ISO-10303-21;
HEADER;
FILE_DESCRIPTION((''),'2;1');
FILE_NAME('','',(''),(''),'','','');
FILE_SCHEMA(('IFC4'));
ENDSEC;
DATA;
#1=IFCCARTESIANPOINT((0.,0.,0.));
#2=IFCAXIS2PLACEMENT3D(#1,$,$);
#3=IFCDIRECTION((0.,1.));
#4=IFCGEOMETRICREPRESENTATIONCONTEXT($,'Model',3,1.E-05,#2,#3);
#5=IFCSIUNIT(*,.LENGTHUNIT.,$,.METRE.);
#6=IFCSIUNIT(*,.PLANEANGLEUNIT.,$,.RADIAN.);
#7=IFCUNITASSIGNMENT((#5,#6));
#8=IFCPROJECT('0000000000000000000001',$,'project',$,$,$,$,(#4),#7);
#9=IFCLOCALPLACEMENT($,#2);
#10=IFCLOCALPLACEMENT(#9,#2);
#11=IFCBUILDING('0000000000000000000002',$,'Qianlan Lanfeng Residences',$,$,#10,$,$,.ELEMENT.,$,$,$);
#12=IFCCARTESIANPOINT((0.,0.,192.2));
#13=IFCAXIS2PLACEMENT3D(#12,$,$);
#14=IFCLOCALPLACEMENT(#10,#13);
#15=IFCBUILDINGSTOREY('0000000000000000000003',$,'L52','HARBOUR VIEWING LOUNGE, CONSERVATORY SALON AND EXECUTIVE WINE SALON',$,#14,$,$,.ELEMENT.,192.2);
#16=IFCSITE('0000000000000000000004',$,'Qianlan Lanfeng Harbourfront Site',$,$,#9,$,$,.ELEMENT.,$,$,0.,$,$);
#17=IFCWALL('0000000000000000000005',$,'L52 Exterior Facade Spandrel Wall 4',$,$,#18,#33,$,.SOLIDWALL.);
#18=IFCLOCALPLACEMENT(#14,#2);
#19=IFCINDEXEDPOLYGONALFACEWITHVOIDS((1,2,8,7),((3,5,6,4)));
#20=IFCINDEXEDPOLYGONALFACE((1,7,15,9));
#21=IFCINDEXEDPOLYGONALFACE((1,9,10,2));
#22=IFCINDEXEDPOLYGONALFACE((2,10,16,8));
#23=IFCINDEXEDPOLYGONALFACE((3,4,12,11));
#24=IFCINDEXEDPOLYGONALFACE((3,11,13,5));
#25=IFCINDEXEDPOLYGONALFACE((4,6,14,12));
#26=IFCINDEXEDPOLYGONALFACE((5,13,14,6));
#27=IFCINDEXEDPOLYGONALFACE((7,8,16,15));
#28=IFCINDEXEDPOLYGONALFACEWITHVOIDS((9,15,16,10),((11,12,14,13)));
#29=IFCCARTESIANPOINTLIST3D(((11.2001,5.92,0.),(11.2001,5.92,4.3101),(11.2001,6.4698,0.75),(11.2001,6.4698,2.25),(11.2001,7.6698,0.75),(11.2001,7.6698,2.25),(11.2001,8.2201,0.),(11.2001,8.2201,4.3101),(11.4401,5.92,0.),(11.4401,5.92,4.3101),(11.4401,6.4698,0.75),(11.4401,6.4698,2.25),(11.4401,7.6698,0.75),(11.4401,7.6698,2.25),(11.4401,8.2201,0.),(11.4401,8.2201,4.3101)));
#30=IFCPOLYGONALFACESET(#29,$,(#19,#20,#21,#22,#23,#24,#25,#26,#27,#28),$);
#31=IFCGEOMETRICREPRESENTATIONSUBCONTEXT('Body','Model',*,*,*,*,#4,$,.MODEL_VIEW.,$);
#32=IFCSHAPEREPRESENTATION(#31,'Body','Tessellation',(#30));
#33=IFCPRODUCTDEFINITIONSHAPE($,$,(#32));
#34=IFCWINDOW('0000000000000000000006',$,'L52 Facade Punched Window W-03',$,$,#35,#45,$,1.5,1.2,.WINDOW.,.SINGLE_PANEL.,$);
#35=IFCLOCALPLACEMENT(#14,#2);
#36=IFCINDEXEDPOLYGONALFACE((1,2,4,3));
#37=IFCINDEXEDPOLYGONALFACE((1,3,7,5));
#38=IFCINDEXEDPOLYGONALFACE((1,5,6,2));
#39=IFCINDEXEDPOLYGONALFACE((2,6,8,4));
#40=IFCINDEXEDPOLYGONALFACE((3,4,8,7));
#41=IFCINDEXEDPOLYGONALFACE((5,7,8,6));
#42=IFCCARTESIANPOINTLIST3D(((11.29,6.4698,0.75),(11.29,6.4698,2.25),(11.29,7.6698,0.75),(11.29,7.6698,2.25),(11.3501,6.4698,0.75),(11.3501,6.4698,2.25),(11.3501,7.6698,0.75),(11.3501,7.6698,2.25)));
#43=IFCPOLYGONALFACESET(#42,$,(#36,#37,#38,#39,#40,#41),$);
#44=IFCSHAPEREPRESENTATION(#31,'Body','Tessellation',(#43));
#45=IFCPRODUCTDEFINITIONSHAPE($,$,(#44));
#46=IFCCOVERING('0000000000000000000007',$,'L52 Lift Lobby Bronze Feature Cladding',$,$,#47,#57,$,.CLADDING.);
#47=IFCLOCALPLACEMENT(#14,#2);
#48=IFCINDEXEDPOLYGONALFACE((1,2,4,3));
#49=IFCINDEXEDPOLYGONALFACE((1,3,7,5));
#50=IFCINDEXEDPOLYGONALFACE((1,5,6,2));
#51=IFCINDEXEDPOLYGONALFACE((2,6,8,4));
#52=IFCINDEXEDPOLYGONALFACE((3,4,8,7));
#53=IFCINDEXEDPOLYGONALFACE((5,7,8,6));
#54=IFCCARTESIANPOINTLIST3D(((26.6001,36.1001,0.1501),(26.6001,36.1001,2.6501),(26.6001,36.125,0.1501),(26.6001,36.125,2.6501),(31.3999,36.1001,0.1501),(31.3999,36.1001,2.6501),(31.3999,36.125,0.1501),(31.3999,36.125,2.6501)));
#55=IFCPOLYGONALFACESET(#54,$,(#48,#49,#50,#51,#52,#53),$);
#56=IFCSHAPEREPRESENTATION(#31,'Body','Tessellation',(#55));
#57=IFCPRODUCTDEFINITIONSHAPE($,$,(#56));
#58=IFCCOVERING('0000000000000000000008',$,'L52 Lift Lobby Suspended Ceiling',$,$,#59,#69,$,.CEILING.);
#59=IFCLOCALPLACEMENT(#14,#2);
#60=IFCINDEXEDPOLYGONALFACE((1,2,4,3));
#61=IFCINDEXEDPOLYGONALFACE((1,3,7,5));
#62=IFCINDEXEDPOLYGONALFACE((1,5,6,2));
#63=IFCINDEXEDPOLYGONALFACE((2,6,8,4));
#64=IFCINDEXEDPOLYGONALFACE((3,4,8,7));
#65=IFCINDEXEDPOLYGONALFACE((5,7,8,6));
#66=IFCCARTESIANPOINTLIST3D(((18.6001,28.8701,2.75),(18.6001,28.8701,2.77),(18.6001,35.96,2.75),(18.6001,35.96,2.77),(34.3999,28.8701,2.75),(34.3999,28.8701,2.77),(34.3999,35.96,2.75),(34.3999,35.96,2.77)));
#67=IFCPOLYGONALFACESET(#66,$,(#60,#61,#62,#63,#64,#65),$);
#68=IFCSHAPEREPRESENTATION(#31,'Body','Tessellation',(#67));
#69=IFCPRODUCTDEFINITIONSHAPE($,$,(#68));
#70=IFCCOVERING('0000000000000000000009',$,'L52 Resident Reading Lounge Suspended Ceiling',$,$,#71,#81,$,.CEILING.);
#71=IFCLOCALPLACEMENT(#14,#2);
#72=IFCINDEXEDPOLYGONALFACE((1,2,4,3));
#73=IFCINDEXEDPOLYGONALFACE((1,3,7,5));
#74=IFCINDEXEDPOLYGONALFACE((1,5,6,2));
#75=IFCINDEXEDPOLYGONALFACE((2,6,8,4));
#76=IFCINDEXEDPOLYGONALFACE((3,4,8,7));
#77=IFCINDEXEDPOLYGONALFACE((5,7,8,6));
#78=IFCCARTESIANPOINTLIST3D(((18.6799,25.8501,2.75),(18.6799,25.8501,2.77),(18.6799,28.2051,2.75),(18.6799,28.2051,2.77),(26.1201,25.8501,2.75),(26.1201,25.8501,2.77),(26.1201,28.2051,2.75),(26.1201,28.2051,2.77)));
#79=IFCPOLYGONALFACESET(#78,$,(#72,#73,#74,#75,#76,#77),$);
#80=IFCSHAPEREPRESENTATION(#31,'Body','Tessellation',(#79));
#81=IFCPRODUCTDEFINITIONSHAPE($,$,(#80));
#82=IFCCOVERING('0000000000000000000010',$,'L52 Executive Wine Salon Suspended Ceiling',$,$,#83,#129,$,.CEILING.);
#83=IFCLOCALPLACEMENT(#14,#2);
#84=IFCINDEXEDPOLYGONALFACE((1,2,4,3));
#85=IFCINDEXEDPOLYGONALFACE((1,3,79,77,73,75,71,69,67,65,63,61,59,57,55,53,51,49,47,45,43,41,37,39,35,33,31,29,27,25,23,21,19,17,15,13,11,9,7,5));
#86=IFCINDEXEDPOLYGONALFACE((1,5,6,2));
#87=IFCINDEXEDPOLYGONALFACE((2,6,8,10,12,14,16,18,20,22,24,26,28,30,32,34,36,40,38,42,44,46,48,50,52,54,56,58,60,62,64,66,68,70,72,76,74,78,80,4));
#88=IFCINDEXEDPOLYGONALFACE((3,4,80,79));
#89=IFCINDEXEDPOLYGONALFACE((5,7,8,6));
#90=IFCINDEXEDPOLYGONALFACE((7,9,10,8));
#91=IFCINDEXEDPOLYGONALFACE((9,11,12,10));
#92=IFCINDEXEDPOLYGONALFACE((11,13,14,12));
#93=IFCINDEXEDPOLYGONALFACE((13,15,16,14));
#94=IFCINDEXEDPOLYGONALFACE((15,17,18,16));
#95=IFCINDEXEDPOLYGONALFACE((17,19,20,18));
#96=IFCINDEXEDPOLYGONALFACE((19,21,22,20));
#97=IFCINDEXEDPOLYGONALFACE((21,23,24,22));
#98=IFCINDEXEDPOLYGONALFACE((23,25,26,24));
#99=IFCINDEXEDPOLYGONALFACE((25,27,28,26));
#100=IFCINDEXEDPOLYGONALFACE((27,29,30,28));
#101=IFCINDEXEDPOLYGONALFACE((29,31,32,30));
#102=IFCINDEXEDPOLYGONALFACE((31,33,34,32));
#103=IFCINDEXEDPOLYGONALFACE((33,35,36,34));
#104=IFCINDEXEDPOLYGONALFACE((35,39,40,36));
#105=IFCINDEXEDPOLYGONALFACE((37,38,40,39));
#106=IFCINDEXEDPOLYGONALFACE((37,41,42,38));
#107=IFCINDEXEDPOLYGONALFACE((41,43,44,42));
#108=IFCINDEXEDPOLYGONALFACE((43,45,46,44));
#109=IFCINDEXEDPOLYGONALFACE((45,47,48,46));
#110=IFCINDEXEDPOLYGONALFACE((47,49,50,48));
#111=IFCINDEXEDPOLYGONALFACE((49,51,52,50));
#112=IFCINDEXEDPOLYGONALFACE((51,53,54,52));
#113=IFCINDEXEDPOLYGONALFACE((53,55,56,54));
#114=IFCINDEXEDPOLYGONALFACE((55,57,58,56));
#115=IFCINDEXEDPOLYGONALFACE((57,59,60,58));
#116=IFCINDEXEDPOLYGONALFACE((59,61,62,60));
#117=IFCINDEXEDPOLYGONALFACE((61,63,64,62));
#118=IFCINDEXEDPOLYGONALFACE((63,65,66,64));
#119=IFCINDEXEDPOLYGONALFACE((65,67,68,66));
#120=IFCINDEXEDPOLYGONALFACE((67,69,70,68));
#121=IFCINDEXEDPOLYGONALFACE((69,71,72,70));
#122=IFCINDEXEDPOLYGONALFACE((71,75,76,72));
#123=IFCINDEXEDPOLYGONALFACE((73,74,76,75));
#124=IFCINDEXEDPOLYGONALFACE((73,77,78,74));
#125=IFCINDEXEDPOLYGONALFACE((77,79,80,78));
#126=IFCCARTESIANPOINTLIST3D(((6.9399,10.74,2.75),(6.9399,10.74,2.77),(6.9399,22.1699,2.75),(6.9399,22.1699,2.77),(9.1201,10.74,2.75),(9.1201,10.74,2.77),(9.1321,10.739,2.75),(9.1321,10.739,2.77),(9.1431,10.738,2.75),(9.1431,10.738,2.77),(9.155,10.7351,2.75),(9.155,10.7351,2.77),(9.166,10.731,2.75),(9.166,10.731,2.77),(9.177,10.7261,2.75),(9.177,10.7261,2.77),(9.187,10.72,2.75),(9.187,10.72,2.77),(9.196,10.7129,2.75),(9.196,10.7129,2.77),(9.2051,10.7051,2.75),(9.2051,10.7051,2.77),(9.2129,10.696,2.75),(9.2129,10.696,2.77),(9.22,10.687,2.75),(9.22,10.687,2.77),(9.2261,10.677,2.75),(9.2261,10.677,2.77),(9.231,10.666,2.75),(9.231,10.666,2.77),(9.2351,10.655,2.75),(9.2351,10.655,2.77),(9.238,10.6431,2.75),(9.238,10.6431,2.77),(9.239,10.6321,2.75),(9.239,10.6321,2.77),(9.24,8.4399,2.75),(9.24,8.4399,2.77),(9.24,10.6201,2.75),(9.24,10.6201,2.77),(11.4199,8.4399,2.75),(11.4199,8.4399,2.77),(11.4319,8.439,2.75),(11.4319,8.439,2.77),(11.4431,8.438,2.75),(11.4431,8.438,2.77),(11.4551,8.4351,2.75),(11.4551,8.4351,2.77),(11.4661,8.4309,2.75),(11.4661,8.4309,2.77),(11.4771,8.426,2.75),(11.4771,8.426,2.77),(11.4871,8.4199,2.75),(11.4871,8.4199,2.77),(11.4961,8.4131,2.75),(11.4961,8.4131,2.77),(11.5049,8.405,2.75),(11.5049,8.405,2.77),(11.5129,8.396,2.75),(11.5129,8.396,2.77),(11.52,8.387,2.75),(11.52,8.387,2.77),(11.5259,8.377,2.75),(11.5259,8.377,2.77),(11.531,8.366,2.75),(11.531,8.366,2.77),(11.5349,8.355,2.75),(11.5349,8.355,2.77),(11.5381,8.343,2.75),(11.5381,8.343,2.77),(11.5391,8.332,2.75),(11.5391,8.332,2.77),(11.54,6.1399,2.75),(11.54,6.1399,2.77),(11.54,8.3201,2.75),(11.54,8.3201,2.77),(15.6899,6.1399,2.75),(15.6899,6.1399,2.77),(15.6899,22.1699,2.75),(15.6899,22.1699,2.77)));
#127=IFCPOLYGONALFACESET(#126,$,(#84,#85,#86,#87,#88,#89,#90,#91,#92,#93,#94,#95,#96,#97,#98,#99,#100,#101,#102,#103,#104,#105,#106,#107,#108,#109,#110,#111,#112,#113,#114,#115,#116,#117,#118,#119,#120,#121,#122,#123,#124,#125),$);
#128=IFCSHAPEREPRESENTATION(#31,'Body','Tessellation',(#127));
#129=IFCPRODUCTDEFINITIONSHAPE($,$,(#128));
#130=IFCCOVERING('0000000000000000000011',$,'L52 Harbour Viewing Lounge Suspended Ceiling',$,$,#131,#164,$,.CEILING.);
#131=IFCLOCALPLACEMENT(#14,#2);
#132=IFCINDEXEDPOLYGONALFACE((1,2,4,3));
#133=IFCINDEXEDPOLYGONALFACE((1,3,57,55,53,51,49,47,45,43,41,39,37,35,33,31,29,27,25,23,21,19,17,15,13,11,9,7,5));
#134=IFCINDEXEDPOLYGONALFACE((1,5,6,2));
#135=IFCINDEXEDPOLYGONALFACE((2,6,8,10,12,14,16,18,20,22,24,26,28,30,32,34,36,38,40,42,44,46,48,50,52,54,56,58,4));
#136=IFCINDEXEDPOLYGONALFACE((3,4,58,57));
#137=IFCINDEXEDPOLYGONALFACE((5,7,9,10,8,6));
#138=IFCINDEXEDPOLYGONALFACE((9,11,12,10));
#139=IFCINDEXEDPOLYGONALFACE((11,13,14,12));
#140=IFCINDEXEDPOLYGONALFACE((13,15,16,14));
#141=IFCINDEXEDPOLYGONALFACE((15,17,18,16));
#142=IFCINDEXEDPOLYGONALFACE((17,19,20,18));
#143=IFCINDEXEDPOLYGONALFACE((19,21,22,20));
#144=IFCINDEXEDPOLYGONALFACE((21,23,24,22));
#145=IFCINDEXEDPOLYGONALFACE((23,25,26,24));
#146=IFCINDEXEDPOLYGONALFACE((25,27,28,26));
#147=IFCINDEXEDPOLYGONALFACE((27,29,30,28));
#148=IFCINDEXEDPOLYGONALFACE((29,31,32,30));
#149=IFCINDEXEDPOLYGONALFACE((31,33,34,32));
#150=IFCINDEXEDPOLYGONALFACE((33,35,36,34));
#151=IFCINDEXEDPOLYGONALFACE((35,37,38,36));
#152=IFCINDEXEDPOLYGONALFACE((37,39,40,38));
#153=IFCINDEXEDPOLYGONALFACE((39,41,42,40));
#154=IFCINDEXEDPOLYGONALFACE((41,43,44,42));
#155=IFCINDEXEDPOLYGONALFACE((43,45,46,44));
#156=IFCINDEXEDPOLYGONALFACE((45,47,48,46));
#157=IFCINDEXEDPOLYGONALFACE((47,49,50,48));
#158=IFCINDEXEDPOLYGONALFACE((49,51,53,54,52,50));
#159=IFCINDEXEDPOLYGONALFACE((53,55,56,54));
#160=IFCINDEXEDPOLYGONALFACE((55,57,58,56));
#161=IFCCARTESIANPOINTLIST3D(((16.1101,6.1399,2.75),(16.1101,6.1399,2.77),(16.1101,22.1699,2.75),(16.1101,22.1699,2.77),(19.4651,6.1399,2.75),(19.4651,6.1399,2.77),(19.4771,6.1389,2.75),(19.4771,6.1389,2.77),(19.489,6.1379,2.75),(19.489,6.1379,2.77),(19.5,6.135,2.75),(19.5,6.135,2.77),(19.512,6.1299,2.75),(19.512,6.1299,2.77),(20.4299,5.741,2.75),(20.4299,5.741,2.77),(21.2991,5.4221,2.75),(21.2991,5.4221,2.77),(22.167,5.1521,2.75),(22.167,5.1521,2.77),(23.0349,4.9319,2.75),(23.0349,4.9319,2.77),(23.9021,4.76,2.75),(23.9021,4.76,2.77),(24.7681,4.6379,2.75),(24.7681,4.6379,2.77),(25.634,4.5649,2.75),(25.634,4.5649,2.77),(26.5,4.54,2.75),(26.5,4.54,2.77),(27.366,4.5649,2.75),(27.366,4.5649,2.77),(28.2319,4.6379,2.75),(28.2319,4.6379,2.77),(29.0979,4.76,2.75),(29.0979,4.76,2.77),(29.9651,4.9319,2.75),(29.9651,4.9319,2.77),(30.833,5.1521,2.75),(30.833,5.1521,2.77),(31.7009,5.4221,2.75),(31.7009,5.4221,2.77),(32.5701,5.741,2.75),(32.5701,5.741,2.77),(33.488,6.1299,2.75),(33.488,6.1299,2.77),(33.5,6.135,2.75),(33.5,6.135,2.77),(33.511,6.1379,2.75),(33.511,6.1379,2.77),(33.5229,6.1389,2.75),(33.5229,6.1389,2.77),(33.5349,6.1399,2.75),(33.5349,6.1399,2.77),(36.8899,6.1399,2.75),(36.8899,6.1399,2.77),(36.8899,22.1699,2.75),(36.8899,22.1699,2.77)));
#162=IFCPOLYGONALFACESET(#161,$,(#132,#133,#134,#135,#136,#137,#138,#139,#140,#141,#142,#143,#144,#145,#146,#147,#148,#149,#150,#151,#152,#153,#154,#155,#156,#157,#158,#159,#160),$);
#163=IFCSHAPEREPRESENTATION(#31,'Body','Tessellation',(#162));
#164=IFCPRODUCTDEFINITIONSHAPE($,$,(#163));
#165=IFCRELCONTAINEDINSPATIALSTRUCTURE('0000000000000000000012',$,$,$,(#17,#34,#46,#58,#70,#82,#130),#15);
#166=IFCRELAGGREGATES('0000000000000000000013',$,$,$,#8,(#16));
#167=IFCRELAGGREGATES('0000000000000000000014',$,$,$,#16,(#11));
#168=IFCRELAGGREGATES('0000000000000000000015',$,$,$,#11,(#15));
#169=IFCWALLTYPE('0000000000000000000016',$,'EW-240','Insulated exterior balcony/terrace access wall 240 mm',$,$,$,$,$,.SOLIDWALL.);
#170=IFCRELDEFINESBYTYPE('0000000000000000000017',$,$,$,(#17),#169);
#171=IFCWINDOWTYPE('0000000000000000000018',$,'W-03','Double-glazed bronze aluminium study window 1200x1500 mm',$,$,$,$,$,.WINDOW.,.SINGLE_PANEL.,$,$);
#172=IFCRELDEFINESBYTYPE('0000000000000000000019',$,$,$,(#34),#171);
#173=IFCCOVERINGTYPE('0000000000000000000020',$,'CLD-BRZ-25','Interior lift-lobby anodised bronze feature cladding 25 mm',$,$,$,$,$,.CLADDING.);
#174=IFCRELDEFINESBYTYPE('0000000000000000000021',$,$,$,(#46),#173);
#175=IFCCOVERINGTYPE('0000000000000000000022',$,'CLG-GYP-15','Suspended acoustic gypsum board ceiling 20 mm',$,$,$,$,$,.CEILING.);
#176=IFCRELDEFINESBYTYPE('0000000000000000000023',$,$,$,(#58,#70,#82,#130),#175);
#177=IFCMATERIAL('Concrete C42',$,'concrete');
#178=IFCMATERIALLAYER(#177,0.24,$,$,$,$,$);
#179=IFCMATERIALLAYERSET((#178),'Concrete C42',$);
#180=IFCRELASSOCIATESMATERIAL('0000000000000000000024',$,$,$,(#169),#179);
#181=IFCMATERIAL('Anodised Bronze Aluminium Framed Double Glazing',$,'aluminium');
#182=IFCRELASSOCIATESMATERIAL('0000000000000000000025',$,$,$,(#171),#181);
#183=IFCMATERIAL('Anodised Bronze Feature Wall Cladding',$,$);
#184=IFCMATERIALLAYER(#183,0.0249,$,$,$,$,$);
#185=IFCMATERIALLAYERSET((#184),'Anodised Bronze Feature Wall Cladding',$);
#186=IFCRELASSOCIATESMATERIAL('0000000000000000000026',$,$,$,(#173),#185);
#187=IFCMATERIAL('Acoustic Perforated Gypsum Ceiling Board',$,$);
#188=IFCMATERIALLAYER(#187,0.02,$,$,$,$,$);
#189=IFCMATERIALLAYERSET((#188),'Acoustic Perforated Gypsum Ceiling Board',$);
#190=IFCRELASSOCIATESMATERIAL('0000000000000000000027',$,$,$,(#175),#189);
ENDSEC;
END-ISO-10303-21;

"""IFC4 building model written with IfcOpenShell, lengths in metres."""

from ifc_helpers import new_model, si_unit, direction, frame, frame_2d, origin, place, context, subcontext, project, spatial, polyline, rectangle, outline, extrude, material, layer, layer_set, type_object, element, fill, save


model = new_model("IFC4")

# Units and contexts
model_context = context("Model", 3, precision=1e-05, world=origin(), true_north=direction((0.0, 1.0)))
body_context = subcontext(model_context, "Body", "Model", "MODEL_VIEW")
ifc_project = project(units=[si_unit("LENGTHUNIT", "METRE"), si_unit("PLANEANGLEUNIT", "RADIAN")], contexts=[model_context])

# Site, building, storey
site_placement = place(None, origin())
site = spatial("IfcSite", under=ifc_project, at=site_placement, Name="Qianlan Lanfeng Harbourfront Site", CompositionType="ELEMENT", RefElevation=0.0)
building_placement = place(site_placement, origin())
building = spatial("IfcBuilding", under=site, at=building_placement, Name="Qianlan Lanfeng Residences", CompositionType="ELEMENT")
storey_placement = place(building_placement, frame((0.0, 0.0, 192.2)))
storey = spatial("IfcBuildingStorey", under=building, at=storey_placement, Name="L52", Description="HARBOUR VIEWING LOUNGE, CONSERVATORY SALON AND EXECUTIVE WINE SALON", CompositionType="ELEMENT", Elevation=192.2)

# Shared definitions
ifc_material_1 = material(Name="Concrete C42", Category="concrete")

# Shared definitions
ifc_layer_1 = layer(ifc_material_1, 0.24)
ifc_layer_set_1 = layer_set([ifc_layer_1], Name="Concrete C42")
wall_type = type_object("IfcWallType", Name="EW-240", Description="Insulated exterior balcony/terrace access wall 240 mm", PredefinedType="SOLIDWALL", material=ifc_layer_set_1)

# Wall, opening, window
wall_placement = place(storey_placement, frame((11.3201, 8.22, 0.0), z_axis=(0.0, 0.0, 1.0), x_axis=(0.0, -1.0, 0.0)))
wall = element("IfcWall", 1, at=wall_placement, inside=storey, type_object=wall_type, Name="L52 Exterior Facade Spandrel Wall 4", PredefinedType="SOLIDWALL", context=body_context, shape_type="SweptSolid", body=[
    extrude(rectangle(XDim=2.3, YDim=0.24, at=frame_2d((1.1499, 0.0))), origin(), (0.0, 0.0, 1.0), 4.3101),
])
opening_placement = place(wall_placement, frame((0.55, 0.0, 0.75)))
opening = element("IfcOpeningElement", 2, at=opening_placement, cuts=wall, PredefinedType="OPENING", context=body_context, shape_type="SweptSolid", body=[
    extrude(rectangle(XDim=1.2, YDim=1.5, at=frame_2d((0.6001, 0.75))), frame((0.0, 0.1299, 0.0), z_axis=(0.0, -1.0, 0.0), x_axis=(1.0, 0.0, 0.0)), (0.0, 0.0, 1.0), 0.26),
])
ifc_material_2 = material(Name="Anodised Bronze Aluminium Framed Double Glazing", Category="aluminium")
window_type = type_object("IfcWindowType", Name="W-03", Description="Double-glazed bronze aluminium study window 1200x1500 mm", PartitioningType="SINGLE_PANEL", PredefinedType="WINDOW", material=ifc_material_2)
window_placement = place(opening_placement, origin())
window = element("IfcWindow", 3, at=window_placement, inside=storey, type_object=window_type, Name="L52 Facade Punched Window W-03", OverallHeight=1.5, OverallWidth=1.2, PartitioningType="SINGLE_PANEL", PredefinedType="WINDOW", context=body_context, shape_type="SweptSolid", body=[
    extrude(rectangle(XDim=1.2, YDim=1.5, at=frame_2d((0.6001, 0.75))), frame((0.0, 0.03, 0.0), z_axis=(0.0, -1.0, 0.0), x_axis=(1.0, 0.0, 0.0)), (0.0, 0.0, 1.0), 0.0601),
])
fill(opening, window)

# Coverings
ifc_material_3 = material(Name="Anodised Bronze Feature Wall Cladding")
ifc_layer_2 = layer(ifc_material_3, 0.0249)
ifc_layer_set_2 = layer_set([ifc_layer_2], Name="Anodised Bronze Feature Wall Cladding")
covering_type_1 = type_object("IfcCoveringType", Name="CLD-BRZ-25", Description="Interior lift-lobby anodised bronze feature cladding 25 mm", PredefinedType="CLADDING", material=ifc_layer_set_2)
covering_1_placement = place(storey_placement, frame((0.0, 0.0, 0.1501)))
element("IfcCovering", 4, at=covering_1_placement, inside=storey, type_object=covering_type_1, Name="L52 Lift Lobby Bronze Feature Cladding", PredefinedType="CLADDING", context=body_context, shape_type="SweptSolid", body=[
    extrude(outline(polyline([(26.6001, 36.1001), (31.3999, 36.1001), (31.3999, 36.125), (26.6001, 36.125), (26.6001, 36.1001)])), origin(), (0.0, 0.0, 1.0), 2.5),
])
ifc_material_4 = material(Name="Acoustic Perforated Gypsum Ceiling Board")
ifc_layer_3 = layer(ifc_material_4, 0.02)
ifc_layer_set_3 = layer_set([ifc_layer_3], Name="Acoustic Perforated Gypsum Ceiling Board")
covering_type_2 = type_object("IfcCoveringType", Name="CLG-GYP-15", Description="Suspended acoustic gypsum board ceiling 20 mm", PredefinedType="CEILING", material=ifc_layer_set_3)
covering_2_placement = place(storey_placement, frame((0.0, 0.0, 2.75)))
element("IfcCovering", 5, at=covering_2_placement, inside=storey, type_object=covering_type_2, Name="L52 Lift Lobby Suspended Ceiling", PredefinedType="CEILING", context=body_context, shape_type="SweptSolid", body=[
    extrude(outline(polyline([(18.6001, 28.8701), (34.3999, 28.8701), (34.3999, 35.96), (18.6001, 35.96), (18.6001, 28.8701)])), origin(), (0.0, 0.0, 1.0), 0.02),
])
covering_3_placement = place(storey_placement, frame((0.0, 0.0, 2.75)))
element("IfcCovering", 6, at=covering_3_placement, inside=storey, type_object=covering_type_2, Name="L52 Resident Reading Lounge Suspended Ceiling", PredefinedType="CEILING", context=body_context, shape_type="SweptSolid", body=[
    extrude(outline(polyline([(18.6799, 25.8501), (26.1201, 25.8501), (26.1201, 28.2051), (18.6799, 28.2051), (18.6799, 25.8501)])), origin(), (0.0, 0.0, 1.0), 0.02),
])
covering_4_placement = place(storey_placement, frame((0.0, 0.0, 2.75)))
element("IfcCovering", 7, at=covering_4_placement, inside=storey, type_object=covering_type_2, Name="L52 Executive Wine Salon Suspended Ceiling", PredefinedType="CEILING", context=body_context, shape_type="SweptSolid", body=[
    extrude(outline(polyline([(15.6899, 22.1699), (6.9399, 22.1699), (6.9399, 10.74), (9.1201, 10.74), (9.1321, 10.739), (9.1431, 10.738), (9.155, 10.7351), (9.166, 10.731), (9.177, 10.7261), (9.187, 10.72), (9.196, 10.7129), (9.2051, 10.7051), (9.2129, 10.696), (9.22, 10.687), (9.2261, 10.677), (9.231, 10.666), (9.2351, 10.655), (9.238, 10.6431), (9.239, 10.6321), (9.24, 10.6201), (9.24, 8.4399), (11.4199, 8.4399), (11.4319, 8.439), (11.4431, 8.438), (11.4551, 8.4351), (11.4661, 8.4309), (11.4771, 8.426), (11.4871, 8.4199), (11.4961, 8.4131), (11.5049, 8.405), (11.5129, 8.396), (11.52, 8.387), (11.5259, 8.377), (11.531, 8.366), (11.5349, 8.355), (11.5381, 8.343), (11.5391, 8.332), (11.54, 8.3201), (11.54, 6.1399), (15.6899, 6.1399), (15.6899, 22.1699)])), origin(), (0.0, 0.0, 1.0), 0.02),
])
covering_5_placement = place(storey_placement, frame((0.0, 0.0, 2.75)))
element("IfcCovering", 8, at=covering_5_placement, inside=storey, type_object=covering_type_2, Name="L52 Harbour Viewing Lounge Suspended Ceiling", PredefinedType="CEILING", context=body_context, shape_type="SweptSolid", body=[
    extrude(outline(polyline([(16.1101, 22.1699), (16.1101, 6.1399), (19.4651, 6.1399), (19.4771, 6.1389), (19.489, 6.1379), (19.5, 6.135), (19.512, 6.1299), (20.4299, 5.741), (21.2991, 5.4221), (22.167, 5.1521), (23.0349, 4.9319), (23.9021, 4.76), (24.7681, 4.6379), (25.634, 4.5649), (26.5, 4.54), (27.366, 4.5649), (28.2319, 4.6379), (29.0979, 4.76), (29.9651, 4.9319), (30.833, 5.1521), (31.7009, 5.4221), (32.5701, 5.741), (33.488, 6.1299), (33.5, 6.135), (33.511, 6.1379), (33.5229, 6.1389), (33.5349, 6.1399), (36.8899, 6.1399), (36.8899, 22.1699), (16.1101, 22.1699)])), origin(), (0.0, 0.0, 1.0), 0.02),
])

save(model, "model.ifc")
